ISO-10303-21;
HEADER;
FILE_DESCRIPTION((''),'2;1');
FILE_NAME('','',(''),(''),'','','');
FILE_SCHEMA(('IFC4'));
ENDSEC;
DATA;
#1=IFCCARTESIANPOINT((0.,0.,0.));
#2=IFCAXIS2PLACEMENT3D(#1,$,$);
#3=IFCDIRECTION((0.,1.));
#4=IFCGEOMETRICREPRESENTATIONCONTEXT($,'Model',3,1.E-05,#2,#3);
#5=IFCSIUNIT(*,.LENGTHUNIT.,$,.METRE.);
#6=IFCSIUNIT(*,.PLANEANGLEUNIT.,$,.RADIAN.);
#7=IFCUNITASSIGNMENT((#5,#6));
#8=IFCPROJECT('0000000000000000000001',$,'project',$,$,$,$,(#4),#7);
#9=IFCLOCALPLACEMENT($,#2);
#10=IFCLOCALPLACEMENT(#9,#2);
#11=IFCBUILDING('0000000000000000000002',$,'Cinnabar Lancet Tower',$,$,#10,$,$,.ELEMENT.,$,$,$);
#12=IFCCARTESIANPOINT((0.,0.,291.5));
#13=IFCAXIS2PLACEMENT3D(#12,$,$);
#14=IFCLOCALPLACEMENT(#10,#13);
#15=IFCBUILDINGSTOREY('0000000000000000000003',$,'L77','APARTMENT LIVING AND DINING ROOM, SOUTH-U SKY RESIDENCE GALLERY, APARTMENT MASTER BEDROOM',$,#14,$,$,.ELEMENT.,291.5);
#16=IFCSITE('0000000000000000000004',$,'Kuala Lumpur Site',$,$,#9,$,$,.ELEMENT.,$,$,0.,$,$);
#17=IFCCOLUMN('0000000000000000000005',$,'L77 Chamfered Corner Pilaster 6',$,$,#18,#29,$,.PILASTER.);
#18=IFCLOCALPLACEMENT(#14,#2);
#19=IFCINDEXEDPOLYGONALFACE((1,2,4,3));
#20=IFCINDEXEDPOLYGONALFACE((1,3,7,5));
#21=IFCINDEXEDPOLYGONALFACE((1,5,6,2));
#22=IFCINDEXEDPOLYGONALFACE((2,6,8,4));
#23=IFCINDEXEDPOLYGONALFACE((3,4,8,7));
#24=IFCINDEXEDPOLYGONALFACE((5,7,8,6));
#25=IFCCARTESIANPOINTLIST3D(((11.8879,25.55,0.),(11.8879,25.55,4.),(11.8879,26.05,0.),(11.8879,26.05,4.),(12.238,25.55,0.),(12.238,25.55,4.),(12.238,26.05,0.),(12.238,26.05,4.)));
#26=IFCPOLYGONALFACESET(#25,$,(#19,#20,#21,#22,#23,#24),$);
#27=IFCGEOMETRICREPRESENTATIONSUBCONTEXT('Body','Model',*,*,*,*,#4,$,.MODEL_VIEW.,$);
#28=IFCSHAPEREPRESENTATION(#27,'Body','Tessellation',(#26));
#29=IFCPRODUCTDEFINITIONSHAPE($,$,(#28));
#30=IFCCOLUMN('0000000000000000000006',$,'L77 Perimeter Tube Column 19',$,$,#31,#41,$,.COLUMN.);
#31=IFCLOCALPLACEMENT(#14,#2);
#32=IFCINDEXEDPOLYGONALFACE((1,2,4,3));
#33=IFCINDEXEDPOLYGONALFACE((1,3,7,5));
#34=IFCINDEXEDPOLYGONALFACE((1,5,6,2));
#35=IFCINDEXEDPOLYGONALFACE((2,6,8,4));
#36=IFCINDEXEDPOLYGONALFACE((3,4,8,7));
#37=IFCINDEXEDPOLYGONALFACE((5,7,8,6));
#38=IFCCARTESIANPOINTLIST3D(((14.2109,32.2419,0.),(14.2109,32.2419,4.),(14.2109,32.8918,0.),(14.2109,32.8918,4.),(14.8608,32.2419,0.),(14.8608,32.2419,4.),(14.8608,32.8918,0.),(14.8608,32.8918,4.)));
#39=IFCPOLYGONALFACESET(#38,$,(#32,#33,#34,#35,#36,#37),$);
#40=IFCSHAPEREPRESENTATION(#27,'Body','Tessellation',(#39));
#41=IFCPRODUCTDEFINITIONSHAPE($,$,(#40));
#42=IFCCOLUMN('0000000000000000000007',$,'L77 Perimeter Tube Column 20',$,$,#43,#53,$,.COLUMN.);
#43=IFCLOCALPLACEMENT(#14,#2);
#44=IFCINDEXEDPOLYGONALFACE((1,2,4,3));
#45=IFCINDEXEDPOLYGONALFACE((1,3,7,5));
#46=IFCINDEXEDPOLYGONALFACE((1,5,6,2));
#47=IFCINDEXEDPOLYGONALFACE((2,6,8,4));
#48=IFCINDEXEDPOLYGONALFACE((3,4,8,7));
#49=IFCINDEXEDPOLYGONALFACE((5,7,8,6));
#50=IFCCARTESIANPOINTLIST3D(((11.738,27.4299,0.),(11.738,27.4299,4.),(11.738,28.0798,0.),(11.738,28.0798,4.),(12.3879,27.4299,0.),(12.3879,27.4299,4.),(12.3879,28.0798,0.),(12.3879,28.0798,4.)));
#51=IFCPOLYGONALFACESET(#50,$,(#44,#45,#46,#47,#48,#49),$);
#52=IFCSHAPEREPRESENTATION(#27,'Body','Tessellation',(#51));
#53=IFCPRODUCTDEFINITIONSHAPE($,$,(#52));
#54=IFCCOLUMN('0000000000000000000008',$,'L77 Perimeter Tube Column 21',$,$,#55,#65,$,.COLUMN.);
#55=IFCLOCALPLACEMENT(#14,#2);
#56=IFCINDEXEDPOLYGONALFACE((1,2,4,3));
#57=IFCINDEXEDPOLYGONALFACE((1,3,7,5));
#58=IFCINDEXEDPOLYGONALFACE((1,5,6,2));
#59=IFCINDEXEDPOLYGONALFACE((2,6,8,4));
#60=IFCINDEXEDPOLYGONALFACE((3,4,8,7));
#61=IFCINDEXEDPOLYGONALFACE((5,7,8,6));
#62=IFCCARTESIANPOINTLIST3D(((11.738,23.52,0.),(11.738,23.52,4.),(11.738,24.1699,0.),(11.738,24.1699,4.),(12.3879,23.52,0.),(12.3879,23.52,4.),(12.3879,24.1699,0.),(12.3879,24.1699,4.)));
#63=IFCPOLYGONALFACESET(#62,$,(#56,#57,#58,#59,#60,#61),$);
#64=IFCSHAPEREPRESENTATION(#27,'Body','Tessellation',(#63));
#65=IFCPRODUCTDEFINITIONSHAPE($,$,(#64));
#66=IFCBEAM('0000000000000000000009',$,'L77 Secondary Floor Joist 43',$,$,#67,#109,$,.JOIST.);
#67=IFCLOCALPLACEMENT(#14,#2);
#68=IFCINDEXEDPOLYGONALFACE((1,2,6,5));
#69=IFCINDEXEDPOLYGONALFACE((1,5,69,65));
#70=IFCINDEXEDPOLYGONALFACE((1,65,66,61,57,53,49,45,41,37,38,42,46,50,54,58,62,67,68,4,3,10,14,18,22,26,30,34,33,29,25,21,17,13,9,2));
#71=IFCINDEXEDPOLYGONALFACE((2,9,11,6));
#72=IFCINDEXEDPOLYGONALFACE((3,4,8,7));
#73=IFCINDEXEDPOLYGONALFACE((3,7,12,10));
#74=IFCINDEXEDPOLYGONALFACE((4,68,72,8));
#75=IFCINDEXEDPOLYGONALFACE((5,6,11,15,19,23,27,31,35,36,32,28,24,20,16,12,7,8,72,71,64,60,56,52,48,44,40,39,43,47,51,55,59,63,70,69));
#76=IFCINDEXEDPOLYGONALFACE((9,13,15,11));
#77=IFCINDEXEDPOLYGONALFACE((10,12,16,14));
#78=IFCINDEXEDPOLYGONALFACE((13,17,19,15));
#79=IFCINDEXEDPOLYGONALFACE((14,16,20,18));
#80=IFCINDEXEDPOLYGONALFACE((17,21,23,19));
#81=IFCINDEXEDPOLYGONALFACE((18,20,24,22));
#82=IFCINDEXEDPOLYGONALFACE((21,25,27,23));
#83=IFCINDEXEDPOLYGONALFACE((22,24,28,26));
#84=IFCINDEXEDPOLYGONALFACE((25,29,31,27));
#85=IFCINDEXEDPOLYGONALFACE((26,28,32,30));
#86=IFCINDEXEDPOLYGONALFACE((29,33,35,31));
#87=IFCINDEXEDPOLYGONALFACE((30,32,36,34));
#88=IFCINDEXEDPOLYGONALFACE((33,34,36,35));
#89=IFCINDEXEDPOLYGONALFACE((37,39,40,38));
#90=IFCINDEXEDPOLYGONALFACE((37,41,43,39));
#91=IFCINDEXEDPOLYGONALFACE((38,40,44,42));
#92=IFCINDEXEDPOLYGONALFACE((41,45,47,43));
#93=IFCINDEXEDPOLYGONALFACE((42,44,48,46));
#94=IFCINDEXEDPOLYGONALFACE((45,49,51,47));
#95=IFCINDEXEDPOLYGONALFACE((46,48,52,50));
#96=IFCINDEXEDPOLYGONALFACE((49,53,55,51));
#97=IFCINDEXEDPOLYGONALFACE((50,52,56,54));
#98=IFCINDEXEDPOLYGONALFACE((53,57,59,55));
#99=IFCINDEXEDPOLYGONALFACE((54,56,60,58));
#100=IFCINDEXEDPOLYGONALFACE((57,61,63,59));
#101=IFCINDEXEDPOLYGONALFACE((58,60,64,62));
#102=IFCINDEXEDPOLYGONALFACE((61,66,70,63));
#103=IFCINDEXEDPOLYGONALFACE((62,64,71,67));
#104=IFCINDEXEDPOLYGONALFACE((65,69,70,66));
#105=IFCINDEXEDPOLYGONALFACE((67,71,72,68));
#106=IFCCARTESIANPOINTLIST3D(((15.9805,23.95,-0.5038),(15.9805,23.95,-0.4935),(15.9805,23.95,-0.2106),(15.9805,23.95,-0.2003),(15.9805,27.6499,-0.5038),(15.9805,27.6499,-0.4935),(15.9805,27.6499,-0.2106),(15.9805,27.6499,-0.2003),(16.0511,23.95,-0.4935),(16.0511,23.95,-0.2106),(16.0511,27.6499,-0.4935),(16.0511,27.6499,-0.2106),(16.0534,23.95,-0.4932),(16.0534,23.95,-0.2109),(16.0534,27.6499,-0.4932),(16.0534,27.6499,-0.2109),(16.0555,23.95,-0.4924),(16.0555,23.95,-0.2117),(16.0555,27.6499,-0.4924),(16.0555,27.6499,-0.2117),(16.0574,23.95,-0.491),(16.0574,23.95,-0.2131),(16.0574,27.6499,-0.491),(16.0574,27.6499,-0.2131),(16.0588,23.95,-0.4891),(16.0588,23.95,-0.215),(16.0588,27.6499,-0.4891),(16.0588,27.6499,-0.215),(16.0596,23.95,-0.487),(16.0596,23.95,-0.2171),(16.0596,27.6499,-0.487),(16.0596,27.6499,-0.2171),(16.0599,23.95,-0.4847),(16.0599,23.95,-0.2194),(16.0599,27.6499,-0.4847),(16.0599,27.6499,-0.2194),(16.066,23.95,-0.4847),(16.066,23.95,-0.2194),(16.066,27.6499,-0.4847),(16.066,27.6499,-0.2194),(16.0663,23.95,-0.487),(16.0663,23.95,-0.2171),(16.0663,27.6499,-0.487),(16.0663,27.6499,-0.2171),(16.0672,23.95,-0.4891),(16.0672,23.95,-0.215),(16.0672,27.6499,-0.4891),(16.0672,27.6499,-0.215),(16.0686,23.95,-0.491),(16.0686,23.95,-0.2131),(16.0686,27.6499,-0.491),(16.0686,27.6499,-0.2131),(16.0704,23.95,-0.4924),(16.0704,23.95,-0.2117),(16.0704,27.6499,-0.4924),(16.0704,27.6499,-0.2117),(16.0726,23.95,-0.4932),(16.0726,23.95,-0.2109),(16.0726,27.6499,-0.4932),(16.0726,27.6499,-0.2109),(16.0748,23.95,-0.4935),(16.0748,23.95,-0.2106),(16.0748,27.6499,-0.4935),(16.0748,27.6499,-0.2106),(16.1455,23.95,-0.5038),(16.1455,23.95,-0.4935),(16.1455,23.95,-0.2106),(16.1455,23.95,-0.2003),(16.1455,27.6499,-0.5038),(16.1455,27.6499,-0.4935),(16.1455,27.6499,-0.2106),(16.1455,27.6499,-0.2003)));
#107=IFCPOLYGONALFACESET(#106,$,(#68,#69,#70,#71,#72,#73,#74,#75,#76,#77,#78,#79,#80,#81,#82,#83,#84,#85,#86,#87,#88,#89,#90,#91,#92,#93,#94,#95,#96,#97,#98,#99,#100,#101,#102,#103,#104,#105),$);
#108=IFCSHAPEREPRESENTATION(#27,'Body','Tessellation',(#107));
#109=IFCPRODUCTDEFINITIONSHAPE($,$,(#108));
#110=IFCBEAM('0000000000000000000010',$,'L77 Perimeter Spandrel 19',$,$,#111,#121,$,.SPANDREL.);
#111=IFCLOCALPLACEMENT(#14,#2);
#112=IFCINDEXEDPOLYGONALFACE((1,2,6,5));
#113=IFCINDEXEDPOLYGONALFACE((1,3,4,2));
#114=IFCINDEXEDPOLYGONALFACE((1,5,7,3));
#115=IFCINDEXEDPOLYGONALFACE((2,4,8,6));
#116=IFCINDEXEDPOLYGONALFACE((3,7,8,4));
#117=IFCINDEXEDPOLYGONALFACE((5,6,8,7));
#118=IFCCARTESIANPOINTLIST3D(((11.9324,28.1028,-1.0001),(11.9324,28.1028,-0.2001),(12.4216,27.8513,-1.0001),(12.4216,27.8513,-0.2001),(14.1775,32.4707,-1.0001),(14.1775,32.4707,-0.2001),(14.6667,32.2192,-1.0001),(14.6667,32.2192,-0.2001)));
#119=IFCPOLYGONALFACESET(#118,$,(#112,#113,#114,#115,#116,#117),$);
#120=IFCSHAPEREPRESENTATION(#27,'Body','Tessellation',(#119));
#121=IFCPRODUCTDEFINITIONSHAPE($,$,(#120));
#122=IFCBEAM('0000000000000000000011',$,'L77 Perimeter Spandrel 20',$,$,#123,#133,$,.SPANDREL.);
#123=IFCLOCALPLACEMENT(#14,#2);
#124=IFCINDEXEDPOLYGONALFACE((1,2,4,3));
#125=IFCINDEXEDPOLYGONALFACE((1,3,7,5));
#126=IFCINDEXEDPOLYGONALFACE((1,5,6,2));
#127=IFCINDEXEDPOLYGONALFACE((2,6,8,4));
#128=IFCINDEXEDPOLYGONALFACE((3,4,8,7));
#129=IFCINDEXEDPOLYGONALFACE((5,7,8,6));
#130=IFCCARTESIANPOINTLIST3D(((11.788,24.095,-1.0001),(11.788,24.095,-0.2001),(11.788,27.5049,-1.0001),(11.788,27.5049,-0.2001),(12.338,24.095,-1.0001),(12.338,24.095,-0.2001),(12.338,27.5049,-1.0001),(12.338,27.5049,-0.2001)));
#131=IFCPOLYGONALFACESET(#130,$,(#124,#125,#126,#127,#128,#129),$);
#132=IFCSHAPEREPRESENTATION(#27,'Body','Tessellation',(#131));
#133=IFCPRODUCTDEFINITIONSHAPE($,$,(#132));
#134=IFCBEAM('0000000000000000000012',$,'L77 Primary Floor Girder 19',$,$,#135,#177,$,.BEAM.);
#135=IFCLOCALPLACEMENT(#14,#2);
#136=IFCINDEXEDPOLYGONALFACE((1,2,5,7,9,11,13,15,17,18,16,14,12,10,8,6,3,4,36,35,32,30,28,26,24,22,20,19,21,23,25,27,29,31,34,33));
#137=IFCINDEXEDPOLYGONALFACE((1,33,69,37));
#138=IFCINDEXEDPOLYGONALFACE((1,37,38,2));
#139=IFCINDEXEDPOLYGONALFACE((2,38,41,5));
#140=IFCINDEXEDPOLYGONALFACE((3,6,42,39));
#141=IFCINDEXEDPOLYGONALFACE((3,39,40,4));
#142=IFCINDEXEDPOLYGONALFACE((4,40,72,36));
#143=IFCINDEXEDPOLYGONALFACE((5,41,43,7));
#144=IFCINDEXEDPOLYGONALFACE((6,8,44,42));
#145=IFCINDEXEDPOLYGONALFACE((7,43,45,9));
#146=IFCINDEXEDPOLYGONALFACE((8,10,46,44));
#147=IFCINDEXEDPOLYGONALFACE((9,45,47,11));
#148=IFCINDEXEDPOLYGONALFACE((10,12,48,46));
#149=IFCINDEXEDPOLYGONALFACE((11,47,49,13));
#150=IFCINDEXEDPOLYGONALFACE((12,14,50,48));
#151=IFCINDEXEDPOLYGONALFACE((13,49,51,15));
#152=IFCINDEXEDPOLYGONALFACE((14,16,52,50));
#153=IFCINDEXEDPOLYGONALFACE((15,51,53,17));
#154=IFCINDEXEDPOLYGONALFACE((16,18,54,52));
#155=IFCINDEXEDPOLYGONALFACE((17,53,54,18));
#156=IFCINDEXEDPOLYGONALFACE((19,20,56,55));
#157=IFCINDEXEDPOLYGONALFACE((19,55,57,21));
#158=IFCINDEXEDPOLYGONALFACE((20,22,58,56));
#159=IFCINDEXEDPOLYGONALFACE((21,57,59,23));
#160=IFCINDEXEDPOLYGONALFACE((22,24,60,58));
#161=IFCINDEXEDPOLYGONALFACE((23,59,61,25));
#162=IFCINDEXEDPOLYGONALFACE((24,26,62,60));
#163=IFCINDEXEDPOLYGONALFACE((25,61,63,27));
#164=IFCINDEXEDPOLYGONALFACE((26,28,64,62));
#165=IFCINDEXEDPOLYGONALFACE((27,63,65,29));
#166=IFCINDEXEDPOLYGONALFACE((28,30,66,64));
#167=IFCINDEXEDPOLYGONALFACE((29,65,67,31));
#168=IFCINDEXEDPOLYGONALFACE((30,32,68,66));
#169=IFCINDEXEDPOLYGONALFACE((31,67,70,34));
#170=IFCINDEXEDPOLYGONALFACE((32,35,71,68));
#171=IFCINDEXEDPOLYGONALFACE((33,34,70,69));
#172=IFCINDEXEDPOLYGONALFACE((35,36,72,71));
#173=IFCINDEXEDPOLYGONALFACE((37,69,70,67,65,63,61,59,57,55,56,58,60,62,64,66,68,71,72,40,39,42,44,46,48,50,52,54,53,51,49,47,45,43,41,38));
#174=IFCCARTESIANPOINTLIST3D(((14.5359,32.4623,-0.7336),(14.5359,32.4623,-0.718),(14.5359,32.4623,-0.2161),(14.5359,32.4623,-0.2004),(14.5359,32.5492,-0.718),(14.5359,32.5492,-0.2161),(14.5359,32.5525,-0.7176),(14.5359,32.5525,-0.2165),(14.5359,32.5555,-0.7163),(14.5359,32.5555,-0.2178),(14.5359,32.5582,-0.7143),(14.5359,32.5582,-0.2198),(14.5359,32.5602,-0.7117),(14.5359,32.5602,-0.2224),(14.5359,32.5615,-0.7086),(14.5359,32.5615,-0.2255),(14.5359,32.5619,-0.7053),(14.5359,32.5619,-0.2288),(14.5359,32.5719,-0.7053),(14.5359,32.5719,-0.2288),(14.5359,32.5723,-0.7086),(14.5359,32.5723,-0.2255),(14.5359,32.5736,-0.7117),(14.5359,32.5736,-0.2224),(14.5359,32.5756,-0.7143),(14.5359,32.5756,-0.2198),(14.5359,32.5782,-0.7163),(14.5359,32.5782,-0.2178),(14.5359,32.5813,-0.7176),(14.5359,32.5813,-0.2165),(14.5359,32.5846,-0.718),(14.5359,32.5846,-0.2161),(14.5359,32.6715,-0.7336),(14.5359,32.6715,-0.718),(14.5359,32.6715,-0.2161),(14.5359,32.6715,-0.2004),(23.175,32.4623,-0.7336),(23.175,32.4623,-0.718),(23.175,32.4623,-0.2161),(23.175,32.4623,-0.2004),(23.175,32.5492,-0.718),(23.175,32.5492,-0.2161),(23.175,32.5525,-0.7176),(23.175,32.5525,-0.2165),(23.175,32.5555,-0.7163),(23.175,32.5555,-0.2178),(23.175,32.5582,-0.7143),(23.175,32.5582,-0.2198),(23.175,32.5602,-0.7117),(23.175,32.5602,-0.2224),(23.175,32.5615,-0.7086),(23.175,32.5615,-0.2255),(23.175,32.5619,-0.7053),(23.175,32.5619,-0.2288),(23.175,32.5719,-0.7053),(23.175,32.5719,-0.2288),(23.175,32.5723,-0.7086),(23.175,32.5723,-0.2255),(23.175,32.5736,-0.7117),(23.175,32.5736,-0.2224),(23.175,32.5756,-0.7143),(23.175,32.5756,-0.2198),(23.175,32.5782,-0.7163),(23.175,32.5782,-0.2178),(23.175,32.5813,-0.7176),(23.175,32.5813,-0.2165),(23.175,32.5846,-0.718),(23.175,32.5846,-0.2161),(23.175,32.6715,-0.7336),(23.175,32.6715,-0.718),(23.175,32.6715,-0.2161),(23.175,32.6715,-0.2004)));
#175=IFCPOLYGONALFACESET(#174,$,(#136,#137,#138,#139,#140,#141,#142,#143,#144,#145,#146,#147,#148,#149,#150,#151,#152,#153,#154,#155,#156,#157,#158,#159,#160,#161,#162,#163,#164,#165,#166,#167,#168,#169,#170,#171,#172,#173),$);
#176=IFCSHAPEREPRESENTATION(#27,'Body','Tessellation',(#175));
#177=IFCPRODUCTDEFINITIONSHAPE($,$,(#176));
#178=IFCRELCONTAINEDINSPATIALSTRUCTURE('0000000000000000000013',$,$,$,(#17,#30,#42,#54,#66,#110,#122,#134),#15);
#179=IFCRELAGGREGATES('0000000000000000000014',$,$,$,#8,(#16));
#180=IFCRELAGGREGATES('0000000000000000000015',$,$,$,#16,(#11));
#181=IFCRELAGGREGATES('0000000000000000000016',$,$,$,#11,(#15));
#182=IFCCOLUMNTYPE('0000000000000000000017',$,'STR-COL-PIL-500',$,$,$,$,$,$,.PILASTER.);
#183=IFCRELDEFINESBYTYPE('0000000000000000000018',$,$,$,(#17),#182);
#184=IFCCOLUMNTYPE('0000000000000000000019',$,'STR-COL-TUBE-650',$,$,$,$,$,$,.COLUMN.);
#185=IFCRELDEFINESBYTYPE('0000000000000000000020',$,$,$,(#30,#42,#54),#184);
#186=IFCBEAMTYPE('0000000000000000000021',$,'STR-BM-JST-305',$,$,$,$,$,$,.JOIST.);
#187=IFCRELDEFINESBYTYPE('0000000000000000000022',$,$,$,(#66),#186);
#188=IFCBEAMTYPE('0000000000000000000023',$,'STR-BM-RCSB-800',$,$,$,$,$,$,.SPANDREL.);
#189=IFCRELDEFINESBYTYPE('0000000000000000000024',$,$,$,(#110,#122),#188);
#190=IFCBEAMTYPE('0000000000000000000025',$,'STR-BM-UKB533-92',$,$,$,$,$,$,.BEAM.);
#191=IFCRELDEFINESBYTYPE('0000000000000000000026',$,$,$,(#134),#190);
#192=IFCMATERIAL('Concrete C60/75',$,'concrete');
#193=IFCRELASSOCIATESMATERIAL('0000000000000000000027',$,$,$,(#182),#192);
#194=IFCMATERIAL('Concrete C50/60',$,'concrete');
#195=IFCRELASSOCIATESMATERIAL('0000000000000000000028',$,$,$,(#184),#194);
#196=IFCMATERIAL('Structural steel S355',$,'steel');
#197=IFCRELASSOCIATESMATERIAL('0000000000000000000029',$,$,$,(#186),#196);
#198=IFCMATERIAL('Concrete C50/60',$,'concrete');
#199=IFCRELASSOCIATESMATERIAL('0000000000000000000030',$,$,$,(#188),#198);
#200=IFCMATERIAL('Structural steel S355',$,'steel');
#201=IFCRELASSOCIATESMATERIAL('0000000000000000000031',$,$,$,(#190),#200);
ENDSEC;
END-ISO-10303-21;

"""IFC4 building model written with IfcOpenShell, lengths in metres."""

from ifc_helpers import new_model, si_unit, direction, frame, origin, origin_2d, place, context, subcontext, project, spatial, rectangle, i_section, extrude, material, material_profile, profile_set, type_object, element, save


model = new_model("IFC4")

# Units and contexts
model_context = context("Model", 3, precision=1e-05, world=origin(), true_north=direction((0.0, 1.0)))
body_context = subcontext(model_context, "Body", "Model", "MODEL_VIEW")
ifc_project = project(units=[si_unit("LENGTHUNIT", "METRE"), si_unit("PLANEANGLEUNIT", "RADIAN")], contexts=[model_context])

# Site, building, storey
site_placement = place(None, origin())
site = spatial("IfcSite", under=ifc_project, at=site_placement, Name="Kuala Lumpur Site", CompositionType="ELEMENT", RefElevation=0.0)
building_placement = place(site_placement, origin())
building = spatial("IfcBuilding", under=site, at=building_placement, Name="Cinnabar Lancet Tower", CompositionType="ELEMENT")
storey_placement = place(building_placement, frame((0.0, 0.0, 291.5)))
storey = spatial("IfcBuildingStorey", under=building, at=storey_placement, Name="L77", Description="APARTMENT LIVING AND DINING ROOM, SOUTH-U SKY RESIDENCE GALLERY, APARTMENT MASTER BEDROOM", CompositionType="ELEMENT", Elevation=291.5)

# Columns
ifc_material_1 = material(Name="Concrete C60/75", Category="concrete")
ifc_material_profile_1 = material_profile(ifc_material_1, rectangle(XDim=0.5, YDim=0.3501, at=origin_2d()), Name="RC-PIL 500x350")
ifc_profile_set_1 = profile_set([ifc_material_profile_1], Name="Concrete C60/75")
column_type_1 = type_object("IfcColumnType", Name="STR-COL-PIL-500", PredefinedType="PILASTER", material=ifc_profile_set_1)
column_placement = place(storey_placement, frame((12.063, 25.8, 0.0), z_axis=(0.0, 0.0, 1.0), x_axis=(0.0, -1.0, 0.0)))
element("IfcColumn", 1, at=column_placement, inside=storey, type_object=column_type_1, Name="L77 Chamfered Corner Pilaster 6", PredefinedType="PILASTER", context=body_context, shape_type="SweptSolid", body=[
    extrude(rectangle(XDim=0.5, YDim=0.3501, at=origin_2d()), origin(), (0.0, 0.0, 1.0), 4.0),
])
ifc_material_2 = material(Name="Concrete C50/60", Category="concrete")
ifc_material_profile_2 = material_profile(ifc_material_2, rectangle(XDim=0.6499, YDim=0.6499, at=origin_2d()), Name="RC-COL 650x650")
ifc_profile_set_2 = profile_set([ifc_material_profile_2], Name="Concrete C50/60")
column_type_2 = type_object("IfcColumnType", Name="STR-COL-TUBE-650", PredefinedType="COLUMN", material=ifc_profile_set_2)
for number, where, z_axis, x_axis, name in (
    (2, (14.5359, 32.5669, 0.0), (0.0, 0.0, 1.0), (1.0, 0.0, 0.0), "L77 Perimeter Tube Column 19"),
    (3, (12.063, 27.7549, 0.0), (0.0, 0.0, 1.0), (1.0, 0.0, 0.0), "L77 Perimeter Tube Column 20"),
    (4, (12.063, 23.845, 0.0), (0.0, 0.0, 1.0), (1.0, 0.0, 0.0), "L77 Perimeter Tube Column 21"),
):
    element("IfcColumn", number, at=place(storey_placement, frame(where, z_axis=z_axis, x_axis=x_axis)), inside=storey, type_object=column_type_2, Name=name, PredefinedType="COLUMN", context=body_context, shape_type="SweptSolid", body=[
        extrude(rectangle(XDim=0.6499, YDim=0.6499, at=origin_2d()), origin(), (0.0, 0.0, 1.0), 4.0),
    ])

# Beams
ifc_material_3 = material(Name="Structural steel S355", Category="steel")
ifc_material_profile_3 = material_profile(ifc_material_3, i_section(OverallWidth=0.165, OverallDepth=0.3035, WebThickness=0.0061, FlangeThickness=0.0103, FilletRadius=0.0088, at=origin_2d()), Name="UKB 305x165x40")
ifc_profile_set_3 = profile_set([ifc_material_profile_3], Name="Structural steel S355")
beam_type_1 = type_object("IfcBeamType", Name="STR-BM-JST-305", PredefinedType="JOIST", material=ifc_profile_set_3)
beam_1_placement = place(storey_placement, frame((16.063, 27.6499, -0.3521), z_axis=(0.0, -1.0, 0.0), x_axis=(1.0, 0.0, 0.0)))
element("IfcBeam", 5, at=beam_1_placement, inside=storey, type_object=beam_type_1, Name="L77 Secondary Floor Joist 43", PredefinedType="JOIST", context=body_context, shape_type="SweptSolid", body=[
    extrude(i_section(OverallWidth=0.165, OverallDepth=0.3035, WebThickness=0.0061, FlangeThickness=0.0103, FilletRadius=0.0088, at=origin_2d()), origin(), (0.0, 0.0, 1.0), 3.7),
])
ifc_material_4 = material(Name="Concrete C50/60", Category="concrete")
ifc_material_profile_4 = material_profile(ifc_material_4, rectangle(XDim=0.55, YDim=0.8, at=origin_2d()), Name="RC-SB 550x800")
ifc_profile_set_4 = profile_set([ifc_material_profile_4], Name="Concrete C50/60")
beam_type_2 = type_object("IfcBeamType", Name="STR-BM-RCSB-800", PredefinedType="SPANDREL", material=ifc_profile_set_4)
beam_2_placement = place(storey_placement, frame((14.4221, 32.345, -0.6001), z_axis=(-0.457148, -0.889391, 0.0), x_axis=(0.889391, -0.457148, 0.0)))
element("IfcBeam", 6, at=beam_2_placement, inside=storey, type_object=beam_type_2, Name="L77 Perimeter Spandrel 19", PredefinedType="SPANDREL", context=body_context, shape_type="SweptSolid", body=[
    extrude(rectangle(XDim=0.55, YDim=0.8, at=origin_2d()), origin(), (0.0, 0.0, 1.0), 4.9111),
])
beam_3_placement = place(storey_placement, frame((12.063, 27.5049, -0.6001), z_axis=(0.0, -1.0, 0.0), x_axis=(1.0, 0.0, 0.0)))
element("IfcBeam", 7, at=beam_3_placement, inside=storey, type_object=beam_type_2, Name="L77 Perimeter Spandrel 20", PredefinedType="SPANDREL", context=body_context, shape_type="SweptSolid", body=[
    extrude(rectangle(XDim=0.55, YDim=0.8, at=origin_2d()), origin(), (0.0, 0.0, 1.0), 3.4099),
])
ifc_material_5 = material(Name="Structural steel S355", Category="steel")
ifc_material_profile_5 = material_profile(ifc_material_5, i_section(OverallWidth=0.2092, OverallDepth=0.5332, WebThickness=0.01, FlangeThickness=0.0156, FilletRadius=0.0127, at=origin_2d()), Name="UKB 533x210x92")
ifc_profile_set_5 = profile_set([ifc_material_profile_5], Name="Structural steel S355")
beam_type_3 = type_object("IfcBeamType", Name="STR-BM-UKB533-92", PredefinedType="BEAM", material=ifc_profile_set_5)
beam_4_placement = place(storey_placement, frame((14.5359, 32.5669, -0.467), z_axis=(1.0, 0.0, 0.0), x_axis=(0.0, 1.0, 0.0)))
element("IfcBeam", 8, at=beam_4_placement, inside=storey, type_object=beam_type_3, Name="L77 Primary Floor Girder 19", PredefinedType="BEAM", context=body_context, shape_type="SweptSolid", body=[
    extrude(i_section(OverallWidth=0.2092, OverallDepth=0.5332, WebThickness=0.01, FlangeThickness=0.0156, FilletRadius=0.0127, at=origin_2d()), origin(), (0.0, 0.0, 1.0), 8.6392),
])

save(model, "model.ifc")
